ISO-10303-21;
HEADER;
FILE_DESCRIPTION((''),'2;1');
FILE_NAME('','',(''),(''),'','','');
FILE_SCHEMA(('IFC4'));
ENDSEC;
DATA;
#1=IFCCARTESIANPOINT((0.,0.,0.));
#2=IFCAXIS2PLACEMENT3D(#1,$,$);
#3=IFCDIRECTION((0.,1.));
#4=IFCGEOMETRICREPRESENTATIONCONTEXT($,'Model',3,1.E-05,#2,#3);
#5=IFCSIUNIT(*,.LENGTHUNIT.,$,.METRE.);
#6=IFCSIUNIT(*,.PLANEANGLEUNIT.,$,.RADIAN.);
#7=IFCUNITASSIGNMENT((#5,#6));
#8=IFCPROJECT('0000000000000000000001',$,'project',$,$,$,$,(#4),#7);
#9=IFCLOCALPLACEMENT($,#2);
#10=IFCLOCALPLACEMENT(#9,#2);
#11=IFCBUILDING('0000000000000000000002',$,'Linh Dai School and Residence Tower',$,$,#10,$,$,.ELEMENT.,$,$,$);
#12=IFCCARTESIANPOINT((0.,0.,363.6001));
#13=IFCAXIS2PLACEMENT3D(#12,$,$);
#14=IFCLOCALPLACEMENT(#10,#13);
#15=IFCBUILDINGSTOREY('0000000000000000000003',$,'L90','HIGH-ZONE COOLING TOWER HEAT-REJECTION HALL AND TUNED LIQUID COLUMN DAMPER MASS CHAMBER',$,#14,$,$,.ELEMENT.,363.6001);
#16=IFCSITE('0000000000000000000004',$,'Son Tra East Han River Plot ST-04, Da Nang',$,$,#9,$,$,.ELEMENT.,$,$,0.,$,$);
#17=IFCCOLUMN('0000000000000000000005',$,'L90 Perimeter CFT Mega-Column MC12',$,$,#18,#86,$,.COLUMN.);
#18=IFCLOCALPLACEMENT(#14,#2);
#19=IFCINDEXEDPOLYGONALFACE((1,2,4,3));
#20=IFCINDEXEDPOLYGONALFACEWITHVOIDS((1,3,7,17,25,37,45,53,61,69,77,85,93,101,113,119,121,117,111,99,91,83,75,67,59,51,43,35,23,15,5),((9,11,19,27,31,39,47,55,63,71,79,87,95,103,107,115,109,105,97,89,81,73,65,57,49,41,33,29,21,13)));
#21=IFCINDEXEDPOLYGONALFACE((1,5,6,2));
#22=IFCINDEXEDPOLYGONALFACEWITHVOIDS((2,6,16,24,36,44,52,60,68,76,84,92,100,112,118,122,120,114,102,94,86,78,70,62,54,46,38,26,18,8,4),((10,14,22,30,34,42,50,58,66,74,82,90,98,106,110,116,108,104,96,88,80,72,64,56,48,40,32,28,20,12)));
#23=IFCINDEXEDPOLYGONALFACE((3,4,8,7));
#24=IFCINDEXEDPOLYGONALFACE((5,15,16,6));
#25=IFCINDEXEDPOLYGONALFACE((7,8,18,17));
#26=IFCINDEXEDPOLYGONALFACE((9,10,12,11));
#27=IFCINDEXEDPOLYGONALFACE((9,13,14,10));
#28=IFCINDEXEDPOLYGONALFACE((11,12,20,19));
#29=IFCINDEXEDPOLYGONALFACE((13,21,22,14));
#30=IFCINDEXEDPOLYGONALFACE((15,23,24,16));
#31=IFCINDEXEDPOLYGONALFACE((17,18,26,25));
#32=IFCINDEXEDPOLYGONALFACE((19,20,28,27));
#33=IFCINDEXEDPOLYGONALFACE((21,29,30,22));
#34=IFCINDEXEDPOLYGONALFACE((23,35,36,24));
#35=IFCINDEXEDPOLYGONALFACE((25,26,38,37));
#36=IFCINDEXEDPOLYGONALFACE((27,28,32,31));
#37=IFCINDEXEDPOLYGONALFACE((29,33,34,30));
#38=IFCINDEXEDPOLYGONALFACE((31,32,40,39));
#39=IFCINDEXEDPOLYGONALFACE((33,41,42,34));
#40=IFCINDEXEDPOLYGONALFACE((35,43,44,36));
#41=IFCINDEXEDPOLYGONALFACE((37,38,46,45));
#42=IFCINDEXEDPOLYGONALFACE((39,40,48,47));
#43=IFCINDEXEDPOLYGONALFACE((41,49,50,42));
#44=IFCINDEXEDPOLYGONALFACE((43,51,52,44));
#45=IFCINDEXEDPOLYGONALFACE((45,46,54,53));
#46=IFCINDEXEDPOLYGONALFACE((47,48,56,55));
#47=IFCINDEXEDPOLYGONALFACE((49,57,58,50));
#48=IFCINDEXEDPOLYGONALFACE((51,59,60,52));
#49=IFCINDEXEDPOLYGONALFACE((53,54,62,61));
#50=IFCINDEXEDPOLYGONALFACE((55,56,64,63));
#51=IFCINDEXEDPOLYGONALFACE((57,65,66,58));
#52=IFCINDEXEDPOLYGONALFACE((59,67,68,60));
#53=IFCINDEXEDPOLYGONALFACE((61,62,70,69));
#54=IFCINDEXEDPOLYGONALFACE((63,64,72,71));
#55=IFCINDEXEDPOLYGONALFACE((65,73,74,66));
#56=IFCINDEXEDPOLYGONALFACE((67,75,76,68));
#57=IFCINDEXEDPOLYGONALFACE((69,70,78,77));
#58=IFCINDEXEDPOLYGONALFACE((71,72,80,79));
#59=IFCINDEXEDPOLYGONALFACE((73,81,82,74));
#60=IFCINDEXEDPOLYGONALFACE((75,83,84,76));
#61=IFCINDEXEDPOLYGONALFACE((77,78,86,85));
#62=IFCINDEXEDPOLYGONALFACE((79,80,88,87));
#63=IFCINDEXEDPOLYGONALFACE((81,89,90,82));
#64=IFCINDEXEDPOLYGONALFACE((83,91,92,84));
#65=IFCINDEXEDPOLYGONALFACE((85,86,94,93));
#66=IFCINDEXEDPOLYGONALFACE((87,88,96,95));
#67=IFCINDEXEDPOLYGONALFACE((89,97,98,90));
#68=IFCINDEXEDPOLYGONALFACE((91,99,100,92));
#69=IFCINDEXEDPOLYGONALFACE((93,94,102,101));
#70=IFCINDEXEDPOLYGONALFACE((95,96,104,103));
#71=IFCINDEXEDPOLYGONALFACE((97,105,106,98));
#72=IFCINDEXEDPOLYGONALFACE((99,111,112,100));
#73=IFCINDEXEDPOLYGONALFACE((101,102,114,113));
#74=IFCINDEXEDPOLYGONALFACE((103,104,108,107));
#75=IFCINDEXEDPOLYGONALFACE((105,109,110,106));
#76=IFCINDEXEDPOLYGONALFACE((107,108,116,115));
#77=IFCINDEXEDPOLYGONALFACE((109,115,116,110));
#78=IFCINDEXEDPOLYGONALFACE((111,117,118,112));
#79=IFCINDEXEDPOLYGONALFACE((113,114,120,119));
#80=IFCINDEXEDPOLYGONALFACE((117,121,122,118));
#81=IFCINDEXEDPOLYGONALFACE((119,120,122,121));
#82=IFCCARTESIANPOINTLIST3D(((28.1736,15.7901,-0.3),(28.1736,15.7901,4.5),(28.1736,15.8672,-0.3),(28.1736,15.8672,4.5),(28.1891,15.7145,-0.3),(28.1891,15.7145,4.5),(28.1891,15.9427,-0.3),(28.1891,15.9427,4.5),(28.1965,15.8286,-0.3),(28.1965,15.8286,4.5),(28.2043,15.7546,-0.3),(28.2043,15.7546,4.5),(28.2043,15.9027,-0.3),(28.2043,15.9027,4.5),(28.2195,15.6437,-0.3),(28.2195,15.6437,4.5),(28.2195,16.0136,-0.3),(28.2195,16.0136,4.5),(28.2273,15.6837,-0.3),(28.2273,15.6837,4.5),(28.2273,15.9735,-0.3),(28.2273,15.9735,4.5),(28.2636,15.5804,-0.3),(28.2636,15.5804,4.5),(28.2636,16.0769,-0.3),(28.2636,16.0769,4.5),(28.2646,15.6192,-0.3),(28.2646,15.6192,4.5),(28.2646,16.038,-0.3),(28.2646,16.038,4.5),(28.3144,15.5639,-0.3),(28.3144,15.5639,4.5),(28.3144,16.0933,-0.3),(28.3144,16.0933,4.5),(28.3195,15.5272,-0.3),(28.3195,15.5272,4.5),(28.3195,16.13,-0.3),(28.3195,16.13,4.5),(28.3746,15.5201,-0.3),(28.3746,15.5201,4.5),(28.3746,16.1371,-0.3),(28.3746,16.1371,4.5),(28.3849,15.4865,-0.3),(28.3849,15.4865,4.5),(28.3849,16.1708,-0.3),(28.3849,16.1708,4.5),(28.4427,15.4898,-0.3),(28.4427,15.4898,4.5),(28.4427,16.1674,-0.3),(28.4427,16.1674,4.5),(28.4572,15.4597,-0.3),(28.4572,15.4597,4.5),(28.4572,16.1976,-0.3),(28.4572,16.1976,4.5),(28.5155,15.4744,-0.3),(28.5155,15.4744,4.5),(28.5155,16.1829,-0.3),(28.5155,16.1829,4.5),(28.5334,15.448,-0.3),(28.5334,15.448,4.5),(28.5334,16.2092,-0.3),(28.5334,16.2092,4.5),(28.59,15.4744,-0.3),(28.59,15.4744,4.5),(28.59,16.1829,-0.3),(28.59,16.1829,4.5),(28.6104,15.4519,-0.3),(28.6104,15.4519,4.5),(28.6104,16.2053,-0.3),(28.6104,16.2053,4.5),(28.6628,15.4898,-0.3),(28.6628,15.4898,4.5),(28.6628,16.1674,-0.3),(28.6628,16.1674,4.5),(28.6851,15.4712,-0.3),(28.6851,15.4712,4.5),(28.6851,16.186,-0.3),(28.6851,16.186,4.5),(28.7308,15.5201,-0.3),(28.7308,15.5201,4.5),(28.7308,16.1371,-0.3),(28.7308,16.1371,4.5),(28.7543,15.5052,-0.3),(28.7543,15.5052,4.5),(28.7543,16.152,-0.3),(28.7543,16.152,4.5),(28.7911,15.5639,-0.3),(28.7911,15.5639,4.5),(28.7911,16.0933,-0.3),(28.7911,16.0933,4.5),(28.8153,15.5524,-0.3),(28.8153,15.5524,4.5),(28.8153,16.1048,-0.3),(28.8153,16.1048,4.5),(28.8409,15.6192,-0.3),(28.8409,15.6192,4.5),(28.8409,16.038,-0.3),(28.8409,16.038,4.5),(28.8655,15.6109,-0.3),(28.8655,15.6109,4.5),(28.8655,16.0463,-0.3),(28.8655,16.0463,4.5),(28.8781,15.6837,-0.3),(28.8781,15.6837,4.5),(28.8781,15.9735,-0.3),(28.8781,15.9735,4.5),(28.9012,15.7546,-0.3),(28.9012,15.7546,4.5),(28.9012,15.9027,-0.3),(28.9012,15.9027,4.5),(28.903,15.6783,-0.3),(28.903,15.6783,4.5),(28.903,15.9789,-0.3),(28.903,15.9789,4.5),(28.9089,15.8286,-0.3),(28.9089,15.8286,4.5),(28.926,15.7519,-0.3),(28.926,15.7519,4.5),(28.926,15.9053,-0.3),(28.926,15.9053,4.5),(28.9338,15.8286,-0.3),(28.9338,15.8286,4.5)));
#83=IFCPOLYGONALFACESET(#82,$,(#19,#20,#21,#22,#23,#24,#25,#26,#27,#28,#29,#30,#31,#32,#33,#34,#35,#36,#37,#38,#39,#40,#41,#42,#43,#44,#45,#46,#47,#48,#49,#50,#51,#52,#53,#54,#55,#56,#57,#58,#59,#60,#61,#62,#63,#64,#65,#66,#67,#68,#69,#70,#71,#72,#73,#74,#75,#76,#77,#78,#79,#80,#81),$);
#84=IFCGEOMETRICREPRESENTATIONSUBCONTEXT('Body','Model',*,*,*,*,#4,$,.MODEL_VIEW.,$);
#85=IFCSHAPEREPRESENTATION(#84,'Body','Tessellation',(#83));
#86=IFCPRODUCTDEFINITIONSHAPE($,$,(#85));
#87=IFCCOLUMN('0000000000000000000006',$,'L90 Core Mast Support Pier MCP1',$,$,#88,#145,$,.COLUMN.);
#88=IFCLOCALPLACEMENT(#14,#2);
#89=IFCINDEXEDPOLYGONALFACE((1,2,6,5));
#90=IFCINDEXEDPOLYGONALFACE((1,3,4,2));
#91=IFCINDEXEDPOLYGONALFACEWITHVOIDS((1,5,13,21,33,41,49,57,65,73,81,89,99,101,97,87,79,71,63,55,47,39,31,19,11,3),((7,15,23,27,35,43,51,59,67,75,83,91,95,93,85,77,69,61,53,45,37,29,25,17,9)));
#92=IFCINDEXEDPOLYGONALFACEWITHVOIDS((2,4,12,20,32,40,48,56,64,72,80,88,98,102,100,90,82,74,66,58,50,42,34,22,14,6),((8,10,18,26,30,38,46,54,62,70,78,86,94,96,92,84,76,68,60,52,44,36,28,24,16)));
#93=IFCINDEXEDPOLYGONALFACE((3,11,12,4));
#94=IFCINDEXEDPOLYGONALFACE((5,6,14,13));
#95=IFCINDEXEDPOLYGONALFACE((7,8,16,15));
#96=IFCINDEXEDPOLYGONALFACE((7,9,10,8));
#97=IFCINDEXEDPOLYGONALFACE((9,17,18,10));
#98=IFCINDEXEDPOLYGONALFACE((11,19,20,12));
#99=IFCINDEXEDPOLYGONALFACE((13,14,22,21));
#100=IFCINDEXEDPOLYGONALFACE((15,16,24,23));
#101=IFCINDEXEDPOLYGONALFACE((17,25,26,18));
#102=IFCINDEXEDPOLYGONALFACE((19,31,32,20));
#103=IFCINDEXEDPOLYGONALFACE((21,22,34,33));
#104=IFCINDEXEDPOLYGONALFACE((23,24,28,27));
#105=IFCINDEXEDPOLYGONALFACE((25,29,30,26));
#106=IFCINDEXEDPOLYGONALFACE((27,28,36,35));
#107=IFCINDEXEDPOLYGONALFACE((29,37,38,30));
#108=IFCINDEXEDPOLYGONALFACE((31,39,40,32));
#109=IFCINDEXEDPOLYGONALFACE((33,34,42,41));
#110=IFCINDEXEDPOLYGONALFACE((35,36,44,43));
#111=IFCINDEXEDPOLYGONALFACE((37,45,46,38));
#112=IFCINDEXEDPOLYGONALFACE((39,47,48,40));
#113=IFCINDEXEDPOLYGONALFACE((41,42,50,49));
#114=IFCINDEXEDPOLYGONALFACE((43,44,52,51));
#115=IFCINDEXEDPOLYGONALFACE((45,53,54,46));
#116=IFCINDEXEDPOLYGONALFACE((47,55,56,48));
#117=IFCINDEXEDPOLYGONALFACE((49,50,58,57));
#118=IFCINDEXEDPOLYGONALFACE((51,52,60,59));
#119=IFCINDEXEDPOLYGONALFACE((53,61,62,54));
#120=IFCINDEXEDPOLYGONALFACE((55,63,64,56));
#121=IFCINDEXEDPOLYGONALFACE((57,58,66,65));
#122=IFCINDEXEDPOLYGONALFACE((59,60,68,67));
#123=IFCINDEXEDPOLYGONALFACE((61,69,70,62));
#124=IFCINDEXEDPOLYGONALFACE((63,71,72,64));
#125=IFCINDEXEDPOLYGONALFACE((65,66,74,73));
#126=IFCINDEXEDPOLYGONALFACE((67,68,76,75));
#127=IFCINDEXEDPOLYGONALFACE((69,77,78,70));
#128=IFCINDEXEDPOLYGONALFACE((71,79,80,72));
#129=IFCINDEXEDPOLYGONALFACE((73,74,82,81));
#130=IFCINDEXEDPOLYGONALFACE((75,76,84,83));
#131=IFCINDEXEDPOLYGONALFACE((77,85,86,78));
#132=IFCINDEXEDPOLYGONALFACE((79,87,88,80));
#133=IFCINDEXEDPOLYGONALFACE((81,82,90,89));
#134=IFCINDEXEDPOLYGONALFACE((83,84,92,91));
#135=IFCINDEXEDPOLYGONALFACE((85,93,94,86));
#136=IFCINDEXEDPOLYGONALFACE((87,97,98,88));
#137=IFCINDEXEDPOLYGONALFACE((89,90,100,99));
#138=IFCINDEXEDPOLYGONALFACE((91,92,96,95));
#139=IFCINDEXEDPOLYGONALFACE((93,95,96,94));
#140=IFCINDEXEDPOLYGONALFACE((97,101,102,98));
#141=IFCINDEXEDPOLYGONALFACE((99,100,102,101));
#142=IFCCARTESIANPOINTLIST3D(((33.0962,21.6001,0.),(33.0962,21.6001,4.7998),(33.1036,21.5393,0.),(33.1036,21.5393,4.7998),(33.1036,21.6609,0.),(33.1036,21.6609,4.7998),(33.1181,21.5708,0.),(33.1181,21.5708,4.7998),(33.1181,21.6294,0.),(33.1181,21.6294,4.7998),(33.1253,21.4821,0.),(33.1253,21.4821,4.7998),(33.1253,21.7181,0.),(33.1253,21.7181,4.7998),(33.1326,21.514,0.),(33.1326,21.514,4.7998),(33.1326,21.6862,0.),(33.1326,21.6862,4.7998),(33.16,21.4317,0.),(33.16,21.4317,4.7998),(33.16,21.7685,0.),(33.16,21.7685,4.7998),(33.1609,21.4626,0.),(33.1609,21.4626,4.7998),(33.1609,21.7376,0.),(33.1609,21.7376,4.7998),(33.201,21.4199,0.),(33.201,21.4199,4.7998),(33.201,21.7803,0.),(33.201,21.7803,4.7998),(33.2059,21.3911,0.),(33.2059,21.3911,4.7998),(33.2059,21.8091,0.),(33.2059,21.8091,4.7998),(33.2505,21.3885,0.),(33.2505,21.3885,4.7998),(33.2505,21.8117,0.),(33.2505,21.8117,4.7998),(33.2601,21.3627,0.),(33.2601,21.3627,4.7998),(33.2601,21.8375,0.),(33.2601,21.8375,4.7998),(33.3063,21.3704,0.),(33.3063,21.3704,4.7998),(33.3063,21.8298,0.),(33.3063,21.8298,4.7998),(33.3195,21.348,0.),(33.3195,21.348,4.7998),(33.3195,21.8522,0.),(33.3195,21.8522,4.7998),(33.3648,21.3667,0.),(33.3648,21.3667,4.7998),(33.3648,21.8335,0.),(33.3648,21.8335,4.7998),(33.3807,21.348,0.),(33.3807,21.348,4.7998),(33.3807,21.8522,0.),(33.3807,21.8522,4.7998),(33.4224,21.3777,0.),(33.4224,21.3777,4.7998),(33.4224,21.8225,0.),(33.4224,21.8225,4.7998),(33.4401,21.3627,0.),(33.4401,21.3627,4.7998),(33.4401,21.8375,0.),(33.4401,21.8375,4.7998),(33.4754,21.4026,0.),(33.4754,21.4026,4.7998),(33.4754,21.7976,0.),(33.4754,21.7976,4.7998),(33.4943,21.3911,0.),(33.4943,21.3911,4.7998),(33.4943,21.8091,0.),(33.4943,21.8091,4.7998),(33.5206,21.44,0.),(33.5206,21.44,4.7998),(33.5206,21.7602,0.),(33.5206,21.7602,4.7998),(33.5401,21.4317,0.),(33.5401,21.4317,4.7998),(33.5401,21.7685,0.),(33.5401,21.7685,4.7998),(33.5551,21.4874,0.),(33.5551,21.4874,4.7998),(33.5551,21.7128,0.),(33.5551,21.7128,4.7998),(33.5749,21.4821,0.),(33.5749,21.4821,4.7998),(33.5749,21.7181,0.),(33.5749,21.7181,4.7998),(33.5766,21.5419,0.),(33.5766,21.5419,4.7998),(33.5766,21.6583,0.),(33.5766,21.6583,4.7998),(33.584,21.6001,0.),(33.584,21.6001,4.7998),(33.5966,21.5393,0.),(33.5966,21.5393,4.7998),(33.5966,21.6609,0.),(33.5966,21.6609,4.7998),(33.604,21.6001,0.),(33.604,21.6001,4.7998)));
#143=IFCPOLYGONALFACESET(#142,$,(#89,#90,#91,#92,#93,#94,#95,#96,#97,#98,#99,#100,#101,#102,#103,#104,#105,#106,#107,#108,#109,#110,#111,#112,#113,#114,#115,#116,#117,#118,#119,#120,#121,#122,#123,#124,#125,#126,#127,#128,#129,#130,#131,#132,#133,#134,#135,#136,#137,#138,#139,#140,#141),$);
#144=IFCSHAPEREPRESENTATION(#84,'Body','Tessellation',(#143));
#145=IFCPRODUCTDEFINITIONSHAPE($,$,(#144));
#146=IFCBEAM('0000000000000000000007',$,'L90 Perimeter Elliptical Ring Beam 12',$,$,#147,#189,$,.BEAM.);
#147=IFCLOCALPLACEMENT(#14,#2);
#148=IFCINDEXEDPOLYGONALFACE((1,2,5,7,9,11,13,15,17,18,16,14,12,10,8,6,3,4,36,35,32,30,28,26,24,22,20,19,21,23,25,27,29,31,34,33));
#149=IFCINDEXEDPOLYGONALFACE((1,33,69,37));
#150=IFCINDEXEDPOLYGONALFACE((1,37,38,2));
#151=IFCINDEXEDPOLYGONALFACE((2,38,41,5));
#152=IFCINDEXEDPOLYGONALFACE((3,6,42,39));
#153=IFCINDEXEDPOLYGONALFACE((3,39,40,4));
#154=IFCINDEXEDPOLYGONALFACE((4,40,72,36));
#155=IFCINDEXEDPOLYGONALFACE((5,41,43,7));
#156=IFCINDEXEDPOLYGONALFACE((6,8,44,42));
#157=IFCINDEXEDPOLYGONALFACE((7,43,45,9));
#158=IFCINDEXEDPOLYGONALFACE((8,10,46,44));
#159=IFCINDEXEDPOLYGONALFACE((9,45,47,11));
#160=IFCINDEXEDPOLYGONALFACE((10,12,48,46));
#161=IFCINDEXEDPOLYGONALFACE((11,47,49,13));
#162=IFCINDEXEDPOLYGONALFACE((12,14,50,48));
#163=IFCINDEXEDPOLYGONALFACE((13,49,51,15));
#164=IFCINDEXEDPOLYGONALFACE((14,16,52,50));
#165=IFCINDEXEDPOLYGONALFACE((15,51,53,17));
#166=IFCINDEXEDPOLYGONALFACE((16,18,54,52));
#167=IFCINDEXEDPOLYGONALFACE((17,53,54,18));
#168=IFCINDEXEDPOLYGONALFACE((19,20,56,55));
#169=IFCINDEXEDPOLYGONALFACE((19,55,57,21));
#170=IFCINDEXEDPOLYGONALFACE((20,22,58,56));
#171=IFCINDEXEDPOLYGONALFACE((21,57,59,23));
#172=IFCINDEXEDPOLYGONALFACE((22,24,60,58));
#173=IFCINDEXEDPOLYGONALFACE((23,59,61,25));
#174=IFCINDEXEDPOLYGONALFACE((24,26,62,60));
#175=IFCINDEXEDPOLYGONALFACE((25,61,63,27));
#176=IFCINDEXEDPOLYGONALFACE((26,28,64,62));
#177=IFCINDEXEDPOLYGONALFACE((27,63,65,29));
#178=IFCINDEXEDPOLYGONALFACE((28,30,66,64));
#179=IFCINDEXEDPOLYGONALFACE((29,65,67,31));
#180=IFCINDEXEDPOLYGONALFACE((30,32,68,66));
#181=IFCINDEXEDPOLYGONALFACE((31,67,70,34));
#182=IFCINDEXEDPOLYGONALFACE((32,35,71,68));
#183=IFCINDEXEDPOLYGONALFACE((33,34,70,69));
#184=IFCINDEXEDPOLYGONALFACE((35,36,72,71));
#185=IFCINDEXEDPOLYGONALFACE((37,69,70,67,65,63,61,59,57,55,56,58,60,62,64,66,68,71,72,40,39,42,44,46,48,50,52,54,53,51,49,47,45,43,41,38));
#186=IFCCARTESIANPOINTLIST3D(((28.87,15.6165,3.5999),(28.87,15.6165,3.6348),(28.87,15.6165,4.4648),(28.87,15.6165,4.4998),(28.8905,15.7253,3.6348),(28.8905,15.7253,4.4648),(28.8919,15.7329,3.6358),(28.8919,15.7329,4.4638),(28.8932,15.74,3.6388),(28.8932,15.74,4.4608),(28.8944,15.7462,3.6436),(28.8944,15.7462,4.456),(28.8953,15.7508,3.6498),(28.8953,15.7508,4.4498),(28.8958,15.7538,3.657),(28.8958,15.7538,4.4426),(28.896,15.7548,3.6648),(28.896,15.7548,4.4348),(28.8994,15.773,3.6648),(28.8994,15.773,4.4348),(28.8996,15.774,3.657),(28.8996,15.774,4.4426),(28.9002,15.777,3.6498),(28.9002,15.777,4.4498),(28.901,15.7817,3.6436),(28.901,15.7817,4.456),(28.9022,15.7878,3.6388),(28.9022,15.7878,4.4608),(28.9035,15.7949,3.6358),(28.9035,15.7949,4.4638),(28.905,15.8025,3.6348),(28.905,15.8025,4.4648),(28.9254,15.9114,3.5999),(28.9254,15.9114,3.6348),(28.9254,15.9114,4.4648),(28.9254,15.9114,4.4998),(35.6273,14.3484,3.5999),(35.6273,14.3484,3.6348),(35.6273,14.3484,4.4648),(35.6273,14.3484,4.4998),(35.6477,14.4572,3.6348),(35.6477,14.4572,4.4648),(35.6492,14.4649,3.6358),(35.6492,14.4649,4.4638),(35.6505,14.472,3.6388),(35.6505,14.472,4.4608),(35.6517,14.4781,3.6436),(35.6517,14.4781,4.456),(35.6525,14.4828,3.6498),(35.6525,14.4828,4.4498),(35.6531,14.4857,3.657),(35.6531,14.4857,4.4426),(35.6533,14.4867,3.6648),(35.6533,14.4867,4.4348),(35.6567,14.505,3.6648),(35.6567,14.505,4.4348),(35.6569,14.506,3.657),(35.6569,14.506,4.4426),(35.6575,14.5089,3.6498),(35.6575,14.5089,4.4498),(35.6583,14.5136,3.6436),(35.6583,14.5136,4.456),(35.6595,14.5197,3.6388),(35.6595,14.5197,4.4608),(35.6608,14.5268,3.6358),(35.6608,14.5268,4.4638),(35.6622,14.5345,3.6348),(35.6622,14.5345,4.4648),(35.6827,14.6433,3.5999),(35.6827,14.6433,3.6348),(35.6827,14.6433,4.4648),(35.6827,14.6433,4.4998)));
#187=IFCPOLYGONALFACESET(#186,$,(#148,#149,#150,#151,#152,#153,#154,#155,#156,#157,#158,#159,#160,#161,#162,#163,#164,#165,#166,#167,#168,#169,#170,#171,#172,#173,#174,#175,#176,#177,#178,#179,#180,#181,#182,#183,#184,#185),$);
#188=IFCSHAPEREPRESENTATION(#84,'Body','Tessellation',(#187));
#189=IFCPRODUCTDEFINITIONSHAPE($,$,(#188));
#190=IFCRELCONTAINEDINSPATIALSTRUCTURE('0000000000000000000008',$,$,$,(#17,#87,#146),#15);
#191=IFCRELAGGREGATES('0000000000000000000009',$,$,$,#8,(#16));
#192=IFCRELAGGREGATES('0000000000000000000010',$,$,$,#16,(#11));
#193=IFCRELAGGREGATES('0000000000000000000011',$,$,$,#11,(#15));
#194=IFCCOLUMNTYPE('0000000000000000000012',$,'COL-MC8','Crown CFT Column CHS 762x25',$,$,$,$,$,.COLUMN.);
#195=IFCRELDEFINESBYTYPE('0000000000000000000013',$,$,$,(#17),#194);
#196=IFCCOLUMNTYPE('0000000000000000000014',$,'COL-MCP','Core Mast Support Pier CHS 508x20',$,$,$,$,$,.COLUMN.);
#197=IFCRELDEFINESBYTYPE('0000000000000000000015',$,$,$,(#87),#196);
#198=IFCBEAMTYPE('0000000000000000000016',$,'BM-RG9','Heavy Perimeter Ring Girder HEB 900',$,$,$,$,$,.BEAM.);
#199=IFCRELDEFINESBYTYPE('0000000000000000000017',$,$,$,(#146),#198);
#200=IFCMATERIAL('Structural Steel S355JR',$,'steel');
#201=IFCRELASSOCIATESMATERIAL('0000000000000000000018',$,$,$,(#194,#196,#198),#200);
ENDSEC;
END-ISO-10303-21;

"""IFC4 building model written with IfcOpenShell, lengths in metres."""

from ifc_helpers import new_model, si_unit, direction, frame, origin, origin_2d, place, context, subcontext, project, spatial, hollow_circle, i_section, extrude, material, material_profile, profile_set, type_object, element, save


model = new_model("IFC4")

# Units and contexts
model_context = context("Model", 3, precision=1e-05, world=origin(), true_north=direction((0.0, 1.0)))
body_context = subcontext(model_context, "Body", "Model", "MODEL_VIEW")
ifc_project = project(units=[si_unit("LENGTHUNIT", "METRE"), si_unit("PLANEANGLEUNIT", "RADIAN")], contexts=[model_context])

# Site, building, storey
site_placement = place(None, origin())
site = spatial("IfcSite", under=ifc_project, at=site_placement, Name="Son Tra East Han River Plot ST-04, Da Nang", CompositionType="ELEMENT", RefElevation=0.0)
building_placement = place(site_placement, origin())
building = spatial("IfcBuilding", under=site, at=building_placement, Name="Linh Dai School and Residence Tower", CompositionType="ELEMENT")
storey_placement = place(building_placement, frame((0.0, 0.0, 363.6001)))
storey = spatial("IfcBuildingStorey", under=building, at=storey_placement, Name="L90", Description="HIGH-ZONE COOLING TOWER HEAT-REJECTION HALL AND TUNED LIQUID COLUMN DAMPER MASS CHAMBER", CompositionType="ELEMENT", Elevation=363.6001)

# Columns
ifc_material_1 = material(Name="Structural Steel S355JR", Category="steel")
ifc_material_profile_1 = material_profile(ifc_material_1, hollow_circle(Radius=0.3811, WallThickness=0.0249, at=origin_2d()), Name="CHS 762x25")
ifc_profile_set_1 = profile_set([ifc_material_profile_1], Name="Structural Steel S355JR")
column_type_1 = type_object("IfcColumnType", Name="COL-MC8", Description="Crown CFT Column CHS 762x25", PredefinedType="COLUMN", material=ifc_profile_set_1)
column_1_placement = place(storey_placement, frame((28.5527, 15.8286, -0.3), z_axis=(0.0, 0.0, 1.0), x_axis=(1.0, 0.0, 0.0)))
element("IfcColumn", 1, at=column_1_placement, inside=storey, type_object=column_type_1, Name="L90 Perimeter CFT Mega-Column MC12", PredefinedType="COLUMN", context=body_context, shape_type="SweptSolid", body=[
    extrude(hollow_circle(Radius=0.3811, WallThickness=0.0249, at=origin_2d()), origin(), (0.0, 0.0, 1.0), 4.8),
])
ifc_material_profile_2 = material_profile(ifc_material_1, hollow_circle(Radius=0.2539, WallThickness=0.02, at=origin_2d()), Name="CHS 508x20")
ifc_profile_set_2 = profile_set([ifc_material_profile_2], Name="Structural Steel S355JR")
column_type_2 = type_object("IfcColumnType", Name="COL-MCP", Description="Core Mast Support Pier CHS 508x20", PredefinedType="COLUMN", material=ifc_profile_set_2)
column_2_placement = place(storey_placement, frame((33.3501, 21.6001, 0.0), z_axis=(0.0, 0.0, 1.0), x_axis=(1.0, 0.0, 0.0)))
element("IfcColumn", 2, at=column_2_placement, inside=storey, type_object=column_type_2, Name="L90 Core Mast Support Pier MCP1", PredefinedType="COLUMN", context=body_context, shape_type="SweptSolid", body=[
    extrude(hollow_circle(Radius=0.2539, WallThickness=0.02, at=origin_2d()), origin(), (0.0, 0.0, 1.0), 4.7998),
])

# Beam
ifc_material_profile_3 = material_profile(ifc_material_1, i_section(OverallWidth=0.3, OverallDepth=0.8999, WebThickness=0.0186, FlangeThickness=0.0349, FilletRadius=0.03, at=origin_2d()), Name="HEB 900")
ifc_profile_set_3 = profile_set([ifc_material_profile_3], Name="Structural Steel S355JR")
beam_type_1 = type_object("IfcBeamType", Name="BM-RG9", Description="Heavy Perimeter Ring Girder HEB 900", PredefinedType="BEAM", material=ifc_profile_set_3)
beam_1_placement = place(storey_placement, frame((28.8977, 15.7639, 4.0498), z_axis=(0.982844, -0.184439, 0.0), x_axis=(0.184439, 0.982844, 0.0)))
element("IfcBeam", 3, at=beam_1_placement, inside=storey, type_object=beam_type_1, Name="L90 Perimeter Elliptical Ring Beam 12", PredefinedType="BEAM", context=body_context, shape_type="SweptSolid", body=[
    extrude(i_section(OverallWidth=0.3, OverallDepth=0.8999, WebThickness=0.0186, FlangeThickness=0.0349, FilletRadius=0.03, at=origin_2d()), origin(), (0.0, 0.0, 1.0), 6.8752),
])

save(model, "model.ifc")
